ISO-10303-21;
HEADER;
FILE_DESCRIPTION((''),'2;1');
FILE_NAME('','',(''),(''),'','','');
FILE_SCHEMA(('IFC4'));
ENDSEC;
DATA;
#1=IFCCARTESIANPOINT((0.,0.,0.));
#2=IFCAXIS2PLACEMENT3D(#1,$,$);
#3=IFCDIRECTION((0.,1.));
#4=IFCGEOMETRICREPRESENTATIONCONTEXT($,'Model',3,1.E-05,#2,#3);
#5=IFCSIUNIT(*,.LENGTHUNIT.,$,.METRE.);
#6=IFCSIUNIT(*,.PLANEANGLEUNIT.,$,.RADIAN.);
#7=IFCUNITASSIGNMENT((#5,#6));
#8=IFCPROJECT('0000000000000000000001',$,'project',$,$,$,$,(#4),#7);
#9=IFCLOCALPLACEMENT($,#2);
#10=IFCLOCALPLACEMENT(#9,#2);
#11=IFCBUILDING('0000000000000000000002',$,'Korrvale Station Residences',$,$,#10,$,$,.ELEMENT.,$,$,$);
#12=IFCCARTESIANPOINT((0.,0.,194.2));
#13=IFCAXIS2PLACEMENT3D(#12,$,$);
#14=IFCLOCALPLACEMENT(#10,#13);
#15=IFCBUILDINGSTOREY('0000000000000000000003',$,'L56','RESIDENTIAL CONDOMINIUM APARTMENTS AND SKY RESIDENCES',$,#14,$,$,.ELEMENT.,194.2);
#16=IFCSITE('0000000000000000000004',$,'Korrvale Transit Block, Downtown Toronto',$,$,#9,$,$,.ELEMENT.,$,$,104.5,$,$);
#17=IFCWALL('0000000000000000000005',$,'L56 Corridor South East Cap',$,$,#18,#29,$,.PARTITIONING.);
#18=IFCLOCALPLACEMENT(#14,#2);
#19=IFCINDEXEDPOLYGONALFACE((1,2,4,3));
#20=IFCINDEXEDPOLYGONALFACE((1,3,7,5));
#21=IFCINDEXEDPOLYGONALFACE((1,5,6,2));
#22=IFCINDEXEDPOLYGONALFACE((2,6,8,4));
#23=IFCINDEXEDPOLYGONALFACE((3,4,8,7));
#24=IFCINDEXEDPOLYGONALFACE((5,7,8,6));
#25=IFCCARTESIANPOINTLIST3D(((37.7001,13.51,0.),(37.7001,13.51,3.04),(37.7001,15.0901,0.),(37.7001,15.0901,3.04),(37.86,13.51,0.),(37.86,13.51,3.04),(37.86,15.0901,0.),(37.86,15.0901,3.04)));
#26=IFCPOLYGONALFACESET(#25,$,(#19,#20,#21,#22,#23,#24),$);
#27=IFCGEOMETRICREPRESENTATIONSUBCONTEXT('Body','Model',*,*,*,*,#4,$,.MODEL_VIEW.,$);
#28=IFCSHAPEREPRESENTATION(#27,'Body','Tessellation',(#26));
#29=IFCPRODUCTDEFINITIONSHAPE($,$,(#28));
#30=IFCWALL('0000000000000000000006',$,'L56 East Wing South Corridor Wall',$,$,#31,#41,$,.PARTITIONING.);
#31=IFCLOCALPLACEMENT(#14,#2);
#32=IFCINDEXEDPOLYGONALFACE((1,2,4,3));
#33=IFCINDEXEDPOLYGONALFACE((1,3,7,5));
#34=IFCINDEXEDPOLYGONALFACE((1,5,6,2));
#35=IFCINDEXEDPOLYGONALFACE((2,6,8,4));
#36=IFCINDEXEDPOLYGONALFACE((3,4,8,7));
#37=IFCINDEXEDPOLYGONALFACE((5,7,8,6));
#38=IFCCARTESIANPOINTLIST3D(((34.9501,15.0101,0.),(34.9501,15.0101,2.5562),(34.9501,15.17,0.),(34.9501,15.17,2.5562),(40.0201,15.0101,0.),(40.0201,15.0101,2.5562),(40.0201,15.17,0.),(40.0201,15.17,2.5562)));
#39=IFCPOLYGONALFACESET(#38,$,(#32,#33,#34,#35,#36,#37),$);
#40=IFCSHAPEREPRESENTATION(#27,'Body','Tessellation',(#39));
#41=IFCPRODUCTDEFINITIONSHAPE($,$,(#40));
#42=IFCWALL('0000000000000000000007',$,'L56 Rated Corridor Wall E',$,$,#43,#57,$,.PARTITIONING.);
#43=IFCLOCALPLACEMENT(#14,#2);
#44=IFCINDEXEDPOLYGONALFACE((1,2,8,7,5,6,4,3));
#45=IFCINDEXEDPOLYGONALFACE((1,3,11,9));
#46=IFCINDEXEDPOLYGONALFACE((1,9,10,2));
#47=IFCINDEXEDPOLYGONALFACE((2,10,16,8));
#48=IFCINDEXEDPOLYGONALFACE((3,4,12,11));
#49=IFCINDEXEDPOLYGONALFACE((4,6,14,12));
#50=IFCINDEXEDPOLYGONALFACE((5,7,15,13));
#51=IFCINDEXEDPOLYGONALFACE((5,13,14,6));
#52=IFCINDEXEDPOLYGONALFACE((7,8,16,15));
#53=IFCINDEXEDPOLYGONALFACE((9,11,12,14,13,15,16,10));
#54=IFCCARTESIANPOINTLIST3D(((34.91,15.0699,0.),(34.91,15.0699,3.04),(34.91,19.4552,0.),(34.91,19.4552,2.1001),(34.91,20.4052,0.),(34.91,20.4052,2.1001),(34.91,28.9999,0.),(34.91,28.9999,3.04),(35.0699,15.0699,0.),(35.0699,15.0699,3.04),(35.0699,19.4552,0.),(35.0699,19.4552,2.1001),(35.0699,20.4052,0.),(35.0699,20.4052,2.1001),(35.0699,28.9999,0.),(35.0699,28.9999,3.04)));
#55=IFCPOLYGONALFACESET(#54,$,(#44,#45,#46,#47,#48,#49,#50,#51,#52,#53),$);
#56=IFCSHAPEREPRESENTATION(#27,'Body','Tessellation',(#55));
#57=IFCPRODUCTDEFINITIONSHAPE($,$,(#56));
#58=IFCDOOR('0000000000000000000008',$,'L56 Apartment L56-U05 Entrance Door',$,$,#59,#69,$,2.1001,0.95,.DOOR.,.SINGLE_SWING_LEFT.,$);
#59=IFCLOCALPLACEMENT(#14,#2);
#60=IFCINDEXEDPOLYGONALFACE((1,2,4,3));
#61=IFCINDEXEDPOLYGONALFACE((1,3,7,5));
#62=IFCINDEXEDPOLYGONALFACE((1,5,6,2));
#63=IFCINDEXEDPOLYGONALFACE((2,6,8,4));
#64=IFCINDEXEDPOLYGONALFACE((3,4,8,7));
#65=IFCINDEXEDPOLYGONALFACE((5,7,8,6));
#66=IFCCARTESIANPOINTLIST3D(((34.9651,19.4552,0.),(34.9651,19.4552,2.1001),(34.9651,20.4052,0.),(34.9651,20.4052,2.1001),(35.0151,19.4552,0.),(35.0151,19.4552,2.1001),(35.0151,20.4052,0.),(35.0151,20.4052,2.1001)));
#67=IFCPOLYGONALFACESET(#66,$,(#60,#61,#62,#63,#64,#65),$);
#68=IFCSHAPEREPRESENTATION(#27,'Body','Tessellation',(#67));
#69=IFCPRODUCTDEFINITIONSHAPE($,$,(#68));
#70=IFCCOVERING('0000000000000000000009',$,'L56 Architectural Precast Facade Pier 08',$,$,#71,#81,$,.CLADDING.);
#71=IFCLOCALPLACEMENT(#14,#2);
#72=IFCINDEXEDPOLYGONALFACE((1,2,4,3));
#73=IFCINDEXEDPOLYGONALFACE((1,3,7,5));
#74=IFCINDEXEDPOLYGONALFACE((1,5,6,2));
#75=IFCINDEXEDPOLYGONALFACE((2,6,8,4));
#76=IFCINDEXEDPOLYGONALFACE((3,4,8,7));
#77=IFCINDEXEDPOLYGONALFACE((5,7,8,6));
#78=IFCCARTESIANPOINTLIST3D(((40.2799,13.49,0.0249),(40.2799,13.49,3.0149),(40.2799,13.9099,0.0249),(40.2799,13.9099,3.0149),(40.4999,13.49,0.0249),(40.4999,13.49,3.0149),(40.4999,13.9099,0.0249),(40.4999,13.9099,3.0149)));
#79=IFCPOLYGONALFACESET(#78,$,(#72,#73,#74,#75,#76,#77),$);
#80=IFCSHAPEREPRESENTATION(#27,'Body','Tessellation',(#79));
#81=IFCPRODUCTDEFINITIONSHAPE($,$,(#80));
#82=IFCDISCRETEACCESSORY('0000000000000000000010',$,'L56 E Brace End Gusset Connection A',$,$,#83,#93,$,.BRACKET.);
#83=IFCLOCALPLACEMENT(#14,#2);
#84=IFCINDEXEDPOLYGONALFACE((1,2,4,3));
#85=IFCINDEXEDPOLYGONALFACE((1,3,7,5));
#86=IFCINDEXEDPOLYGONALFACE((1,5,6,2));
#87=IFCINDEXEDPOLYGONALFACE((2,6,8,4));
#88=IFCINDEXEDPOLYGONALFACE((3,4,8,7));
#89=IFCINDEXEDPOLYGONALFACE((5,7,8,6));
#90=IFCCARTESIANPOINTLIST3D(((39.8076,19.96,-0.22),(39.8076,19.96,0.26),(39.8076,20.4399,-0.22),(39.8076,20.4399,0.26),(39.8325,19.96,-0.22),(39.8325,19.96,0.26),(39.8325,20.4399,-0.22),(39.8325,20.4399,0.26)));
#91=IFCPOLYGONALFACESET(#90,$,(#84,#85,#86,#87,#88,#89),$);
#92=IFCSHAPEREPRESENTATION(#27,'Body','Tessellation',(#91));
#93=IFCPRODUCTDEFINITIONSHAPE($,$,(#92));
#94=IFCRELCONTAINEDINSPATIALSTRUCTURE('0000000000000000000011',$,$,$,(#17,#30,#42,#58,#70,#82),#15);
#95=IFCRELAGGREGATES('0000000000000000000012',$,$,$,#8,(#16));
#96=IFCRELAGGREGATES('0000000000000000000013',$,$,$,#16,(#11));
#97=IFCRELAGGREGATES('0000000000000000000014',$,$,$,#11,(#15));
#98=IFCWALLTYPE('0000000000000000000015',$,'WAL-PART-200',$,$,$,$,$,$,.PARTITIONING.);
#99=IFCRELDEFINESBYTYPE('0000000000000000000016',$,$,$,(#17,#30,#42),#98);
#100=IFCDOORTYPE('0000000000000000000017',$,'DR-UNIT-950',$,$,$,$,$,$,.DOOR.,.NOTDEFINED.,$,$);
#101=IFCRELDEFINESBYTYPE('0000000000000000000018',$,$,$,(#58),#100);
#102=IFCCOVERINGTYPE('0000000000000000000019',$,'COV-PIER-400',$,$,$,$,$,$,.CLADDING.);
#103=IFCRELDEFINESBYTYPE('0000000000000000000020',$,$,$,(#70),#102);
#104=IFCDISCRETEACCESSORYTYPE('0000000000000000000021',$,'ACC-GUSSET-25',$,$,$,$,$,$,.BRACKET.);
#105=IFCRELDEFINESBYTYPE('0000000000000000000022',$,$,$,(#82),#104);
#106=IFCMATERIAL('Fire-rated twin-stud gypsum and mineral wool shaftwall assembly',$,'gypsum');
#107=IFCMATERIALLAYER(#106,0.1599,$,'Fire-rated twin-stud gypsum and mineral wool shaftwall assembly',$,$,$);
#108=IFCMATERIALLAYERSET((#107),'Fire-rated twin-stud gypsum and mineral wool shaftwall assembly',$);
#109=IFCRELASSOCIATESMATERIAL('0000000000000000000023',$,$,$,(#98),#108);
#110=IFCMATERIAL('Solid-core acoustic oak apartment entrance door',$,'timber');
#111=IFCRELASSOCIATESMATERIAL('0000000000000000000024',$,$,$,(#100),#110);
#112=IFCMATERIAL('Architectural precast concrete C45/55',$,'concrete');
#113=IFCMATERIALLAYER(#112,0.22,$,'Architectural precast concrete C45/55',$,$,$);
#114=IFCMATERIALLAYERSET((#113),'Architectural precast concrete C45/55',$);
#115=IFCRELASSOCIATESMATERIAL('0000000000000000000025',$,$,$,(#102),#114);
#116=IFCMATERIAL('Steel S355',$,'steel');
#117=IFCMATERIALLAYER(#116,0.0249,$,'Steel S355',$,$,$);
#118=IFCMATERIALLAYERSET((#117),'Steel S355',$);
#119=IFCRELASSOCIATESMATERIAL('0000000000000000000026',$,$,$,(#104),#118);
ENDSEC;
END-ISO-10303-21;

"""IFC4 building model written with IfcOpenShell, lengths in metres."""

from ifc_helpers import new_model, si_unit, direction, frame, frame_2d, origin, origin_2d, place, context, subcontext, project, spatial, rectangle, extrude, material, layer, layer_set, type_object, element, fill, save


model = new_model("IFC4")

# Units and contexts
model_context = context("Model", 3, precision=1e-05, world=origin(), true_north=direction((0.0, 1.0)))
body_context = subcontext(model_context, "Body", "Model", "MODEL_VIEW")
ifc_project = project(units=[si_unit("LENGTHUNIT", "METRE"), si_unit("PLANEANGLEUNIT", "RADIAN")], contexts=[model_context])

# Site, building, storey
site_placement = place(None, origin())
site = spatial("IfcSite", under=ifc_project, at=site_placement, Name="Korrvale Transit Block, Downtown Toronto", CompositionType="ELEMENT", RefElevation=104.5)
building_placement = place(site_placement, origin())
building = spatial("IfcBuilding", under=site, at=building_placement, Name="Korrvale Station Residences", CompositionType="ELEMENT")
storey_placement = place(building_placement, frame((0.0, 0.0, 194.2)))
storey = spatial("IfcBuildingStorey", under=building, at=storey_placement, Name="L56", Description="RESIDENTIAL CONDOMINIUM APARTMENTS AND SKY RESIDENCES", CompositionType="ELEMENT", Elevation=194.2)

# Shared definitions
ifc_material_1 = material(Name="Steel S355", Category="steel")

# Walls
ifc_material_2 = material(Name="Fire-rated twin-stud gypsum and mineral wool shaftwall assembly", Category="gypsum")
ifc_layer_1 = layer(ifc_material_2, 0.1599, Name="Fire-rated twin-stud gypsum and mineral wool shaftwall assembly")
ifc_layer_set_1 = layer_set([ifc_layer_1], Name="Fire-rated twin-stud gypsum and mineral wool shaftwall assembly")
wall_type_1 = type_object("IfcWallType", Name="WAL-PART-200", PredefinedType="PARTITIONING", material=ifc_layer_set_1)
wall_1_placement = place(storey_placement, frame((37.78, 13.51, 0.0), z_axis=(0.0, 0.0, 1.0), x_axis=(0.0, 1.0, 0.0)))
element("IfcWall", 1, at=wall_1_placement, inside=storey, type_object=wall_type_1, Name="L56 Corridor South East Cap", PredefinedType="PARTITIONING", context=body_context, shape_type="SweptSolid", body=[
    extrude(rectangle(XDim=1.5801, YDim=0.1599, at=frame_2d((0.79, 0.0))), origin(), (0.0, 0.0, 1.0), 3.04),
])
wall_2_placement = place(storey_placement, frame((34.95, 15.0901, 0.0), z_axis=(0.0, 0.0, 1.0), x_axis=(1.0, 0.0, 0.0)))
element("IfcWall", 2, at=wall_2_placement, inside=storey, type_object=wall_type_1, Name="L56 East Wing South Corridor Wall", PredefinedType="PARTITIONING", context=body_context, shape_type="SweptSolid", body=[
    extrude(rectangle(XDim=5.0701, YDim=0.1599, at=frame_2d((2.5352, 0.0))), origin(), (0.0, 0.0, 1.0), 2.5562),
])

# Wall, opening, door
wall_3_placement = place(storey_placement, frame((34.99, 15.0701, 0.0), z_axis=(0.0, 0.0, 1.0), x_axis=(0.0, 1.0, 0.0)))
wall_3 = element("IfcWall", 3, at=wall_3_placement, inside=storey, type_object=wall_type_1, Name="L56 Rated Corridor Wall E", PredefinedType="PARTITIONING", context=body_context, shape_type="SweptSolid", body=[
    extrude(rectangle(XDim=13.9299, YDim=0.1599, at=frame_2d((6.9648, 0.0))), origin(), (0.0, 0.0, 1.0), 3.04),
])
opening_1_placement = place(wall_3_placement, frame((4.385, 0.0, 0.0)))
opening_1 = element("IfcOpeningElement", 4, at=opening_1_placement, cuts=wall_3, PredefinedType="OPENING", context=body_context, shape_type="SweptSolid", body=[
    extrude(rectangle(XDim=0.95, YDim=2.1001, at=frame_2d((0.4751, 1.05))), frame((0.0, 0.0898, 0.0), z_axis=(0.0, -1.0, 0.0), x_axis=(1.0, 0.0, 0.0)), (0.0, 0.0, 1.0), 0.1799),
])
ifc_material_3 = material(Name="Solid-core acoustic oak apartment entrance door", Category="timber")
door_type_1 = type_object("IfcDoorType", Name="DR-UNIT-950", OperationType="NOTDEFINED", PredefinedType="DOOR", material=ifc_material_3)
door_1_placement = place(opening_1_placement, origin())
door_1 = element("IfcDoor", 5, at=door_1_placement, inside=storey, type_object=door_type_1, Name="L56 Apartment L56-U05 Entrance Door", OperationType="SINGLE_SWING_LEFT", OverallHeight=2.1001, OverallWidth=0.95, PredefinedType="DOOR", context=body_context, shape_type="SweptSolid", body=[
    extrude(rectangle(XDim=0.95, YDim=2.1001, at=frame_2d((0.4751, 1.05))), frame((0.0, 0.0249, 0.0), z_axis=(0.0, -1.0, 0.0), x_axis=(1.0, 0.0, 0.0)), (0.0, 0.0, 1.0), 0.05),
])
fill(opening_1, door_1)

# Covering
ifc_material_4 = material(Name="Architectural precast concrete C45/55", Category="concrete")
ifc_layer_2 = layer(ifc_material_4, 0.22, Name="Architectural precast concrete C45/55")
ifc_layer_set_2 = layer_set([ifc_layer_2], Name="Architectural precast concrete C45/55")
covering_type = type_object("IfcCoveringType", Name="COV-PIER-400", PredefinedType="CLADDING", material=ifc_layer_set_2)
covering_placement = place(storey_placement, frame((40.3899, 13.7, 0.0249), z_axis=(0.0, 0.0, 1.0), x_axis=(0.0, 1.0, 0.0)))
element("IfcCovering", 6, at=covering_placement, inside=storey, type_object=covering_type, Name="L56 Architectural Precast Facade Pier 08", PredefinedType="CLADDING", context=body_context, shape_type="SweptSolid", body=[
    extrude(rectangle(XDim=0.4199, YDim=0.22, at=origin_2d()), origin(), (0.0, 0.0, 1.0), 2.99),
])

# Discrete accessory
ifc_layer_3 = layer(ifc_material_1, 0.0249, Name="Steel S355")
ifc_layer_set_3 = layer_set([ifc_layer_3], Name="Steel S355")
discrete_accessory_type = type_object("IfcDiscreteAccessoryType", Name="ACC-GUSSET-25", PredefinedType="BRACKET", material=ifc_layer_set_3)
discrete_accessory_placement = place(storey_placement, frame((39.8201, 20.2, -0.22), z_axis=(0.0, 0.0, 1.0), x_axis=(0.0, 1.0, 0.0)))
element("IfcDiscreteAccessory", 7, at=discrete_accessory_placement, inside=storey, type_object=discrete_accessory_type, Name="L56 E Brace End Gusset Connection A", PredefinedType="BRACKET", context=body_context, shape_type="SweptSolid", body=[
    extrude(rectangle(XDim=0.48, YDim=0.0249, at=origin_2d()), origin(), (0.0, 0.0, 1.0), 0.48),
])

save(model, "model.ifc")
